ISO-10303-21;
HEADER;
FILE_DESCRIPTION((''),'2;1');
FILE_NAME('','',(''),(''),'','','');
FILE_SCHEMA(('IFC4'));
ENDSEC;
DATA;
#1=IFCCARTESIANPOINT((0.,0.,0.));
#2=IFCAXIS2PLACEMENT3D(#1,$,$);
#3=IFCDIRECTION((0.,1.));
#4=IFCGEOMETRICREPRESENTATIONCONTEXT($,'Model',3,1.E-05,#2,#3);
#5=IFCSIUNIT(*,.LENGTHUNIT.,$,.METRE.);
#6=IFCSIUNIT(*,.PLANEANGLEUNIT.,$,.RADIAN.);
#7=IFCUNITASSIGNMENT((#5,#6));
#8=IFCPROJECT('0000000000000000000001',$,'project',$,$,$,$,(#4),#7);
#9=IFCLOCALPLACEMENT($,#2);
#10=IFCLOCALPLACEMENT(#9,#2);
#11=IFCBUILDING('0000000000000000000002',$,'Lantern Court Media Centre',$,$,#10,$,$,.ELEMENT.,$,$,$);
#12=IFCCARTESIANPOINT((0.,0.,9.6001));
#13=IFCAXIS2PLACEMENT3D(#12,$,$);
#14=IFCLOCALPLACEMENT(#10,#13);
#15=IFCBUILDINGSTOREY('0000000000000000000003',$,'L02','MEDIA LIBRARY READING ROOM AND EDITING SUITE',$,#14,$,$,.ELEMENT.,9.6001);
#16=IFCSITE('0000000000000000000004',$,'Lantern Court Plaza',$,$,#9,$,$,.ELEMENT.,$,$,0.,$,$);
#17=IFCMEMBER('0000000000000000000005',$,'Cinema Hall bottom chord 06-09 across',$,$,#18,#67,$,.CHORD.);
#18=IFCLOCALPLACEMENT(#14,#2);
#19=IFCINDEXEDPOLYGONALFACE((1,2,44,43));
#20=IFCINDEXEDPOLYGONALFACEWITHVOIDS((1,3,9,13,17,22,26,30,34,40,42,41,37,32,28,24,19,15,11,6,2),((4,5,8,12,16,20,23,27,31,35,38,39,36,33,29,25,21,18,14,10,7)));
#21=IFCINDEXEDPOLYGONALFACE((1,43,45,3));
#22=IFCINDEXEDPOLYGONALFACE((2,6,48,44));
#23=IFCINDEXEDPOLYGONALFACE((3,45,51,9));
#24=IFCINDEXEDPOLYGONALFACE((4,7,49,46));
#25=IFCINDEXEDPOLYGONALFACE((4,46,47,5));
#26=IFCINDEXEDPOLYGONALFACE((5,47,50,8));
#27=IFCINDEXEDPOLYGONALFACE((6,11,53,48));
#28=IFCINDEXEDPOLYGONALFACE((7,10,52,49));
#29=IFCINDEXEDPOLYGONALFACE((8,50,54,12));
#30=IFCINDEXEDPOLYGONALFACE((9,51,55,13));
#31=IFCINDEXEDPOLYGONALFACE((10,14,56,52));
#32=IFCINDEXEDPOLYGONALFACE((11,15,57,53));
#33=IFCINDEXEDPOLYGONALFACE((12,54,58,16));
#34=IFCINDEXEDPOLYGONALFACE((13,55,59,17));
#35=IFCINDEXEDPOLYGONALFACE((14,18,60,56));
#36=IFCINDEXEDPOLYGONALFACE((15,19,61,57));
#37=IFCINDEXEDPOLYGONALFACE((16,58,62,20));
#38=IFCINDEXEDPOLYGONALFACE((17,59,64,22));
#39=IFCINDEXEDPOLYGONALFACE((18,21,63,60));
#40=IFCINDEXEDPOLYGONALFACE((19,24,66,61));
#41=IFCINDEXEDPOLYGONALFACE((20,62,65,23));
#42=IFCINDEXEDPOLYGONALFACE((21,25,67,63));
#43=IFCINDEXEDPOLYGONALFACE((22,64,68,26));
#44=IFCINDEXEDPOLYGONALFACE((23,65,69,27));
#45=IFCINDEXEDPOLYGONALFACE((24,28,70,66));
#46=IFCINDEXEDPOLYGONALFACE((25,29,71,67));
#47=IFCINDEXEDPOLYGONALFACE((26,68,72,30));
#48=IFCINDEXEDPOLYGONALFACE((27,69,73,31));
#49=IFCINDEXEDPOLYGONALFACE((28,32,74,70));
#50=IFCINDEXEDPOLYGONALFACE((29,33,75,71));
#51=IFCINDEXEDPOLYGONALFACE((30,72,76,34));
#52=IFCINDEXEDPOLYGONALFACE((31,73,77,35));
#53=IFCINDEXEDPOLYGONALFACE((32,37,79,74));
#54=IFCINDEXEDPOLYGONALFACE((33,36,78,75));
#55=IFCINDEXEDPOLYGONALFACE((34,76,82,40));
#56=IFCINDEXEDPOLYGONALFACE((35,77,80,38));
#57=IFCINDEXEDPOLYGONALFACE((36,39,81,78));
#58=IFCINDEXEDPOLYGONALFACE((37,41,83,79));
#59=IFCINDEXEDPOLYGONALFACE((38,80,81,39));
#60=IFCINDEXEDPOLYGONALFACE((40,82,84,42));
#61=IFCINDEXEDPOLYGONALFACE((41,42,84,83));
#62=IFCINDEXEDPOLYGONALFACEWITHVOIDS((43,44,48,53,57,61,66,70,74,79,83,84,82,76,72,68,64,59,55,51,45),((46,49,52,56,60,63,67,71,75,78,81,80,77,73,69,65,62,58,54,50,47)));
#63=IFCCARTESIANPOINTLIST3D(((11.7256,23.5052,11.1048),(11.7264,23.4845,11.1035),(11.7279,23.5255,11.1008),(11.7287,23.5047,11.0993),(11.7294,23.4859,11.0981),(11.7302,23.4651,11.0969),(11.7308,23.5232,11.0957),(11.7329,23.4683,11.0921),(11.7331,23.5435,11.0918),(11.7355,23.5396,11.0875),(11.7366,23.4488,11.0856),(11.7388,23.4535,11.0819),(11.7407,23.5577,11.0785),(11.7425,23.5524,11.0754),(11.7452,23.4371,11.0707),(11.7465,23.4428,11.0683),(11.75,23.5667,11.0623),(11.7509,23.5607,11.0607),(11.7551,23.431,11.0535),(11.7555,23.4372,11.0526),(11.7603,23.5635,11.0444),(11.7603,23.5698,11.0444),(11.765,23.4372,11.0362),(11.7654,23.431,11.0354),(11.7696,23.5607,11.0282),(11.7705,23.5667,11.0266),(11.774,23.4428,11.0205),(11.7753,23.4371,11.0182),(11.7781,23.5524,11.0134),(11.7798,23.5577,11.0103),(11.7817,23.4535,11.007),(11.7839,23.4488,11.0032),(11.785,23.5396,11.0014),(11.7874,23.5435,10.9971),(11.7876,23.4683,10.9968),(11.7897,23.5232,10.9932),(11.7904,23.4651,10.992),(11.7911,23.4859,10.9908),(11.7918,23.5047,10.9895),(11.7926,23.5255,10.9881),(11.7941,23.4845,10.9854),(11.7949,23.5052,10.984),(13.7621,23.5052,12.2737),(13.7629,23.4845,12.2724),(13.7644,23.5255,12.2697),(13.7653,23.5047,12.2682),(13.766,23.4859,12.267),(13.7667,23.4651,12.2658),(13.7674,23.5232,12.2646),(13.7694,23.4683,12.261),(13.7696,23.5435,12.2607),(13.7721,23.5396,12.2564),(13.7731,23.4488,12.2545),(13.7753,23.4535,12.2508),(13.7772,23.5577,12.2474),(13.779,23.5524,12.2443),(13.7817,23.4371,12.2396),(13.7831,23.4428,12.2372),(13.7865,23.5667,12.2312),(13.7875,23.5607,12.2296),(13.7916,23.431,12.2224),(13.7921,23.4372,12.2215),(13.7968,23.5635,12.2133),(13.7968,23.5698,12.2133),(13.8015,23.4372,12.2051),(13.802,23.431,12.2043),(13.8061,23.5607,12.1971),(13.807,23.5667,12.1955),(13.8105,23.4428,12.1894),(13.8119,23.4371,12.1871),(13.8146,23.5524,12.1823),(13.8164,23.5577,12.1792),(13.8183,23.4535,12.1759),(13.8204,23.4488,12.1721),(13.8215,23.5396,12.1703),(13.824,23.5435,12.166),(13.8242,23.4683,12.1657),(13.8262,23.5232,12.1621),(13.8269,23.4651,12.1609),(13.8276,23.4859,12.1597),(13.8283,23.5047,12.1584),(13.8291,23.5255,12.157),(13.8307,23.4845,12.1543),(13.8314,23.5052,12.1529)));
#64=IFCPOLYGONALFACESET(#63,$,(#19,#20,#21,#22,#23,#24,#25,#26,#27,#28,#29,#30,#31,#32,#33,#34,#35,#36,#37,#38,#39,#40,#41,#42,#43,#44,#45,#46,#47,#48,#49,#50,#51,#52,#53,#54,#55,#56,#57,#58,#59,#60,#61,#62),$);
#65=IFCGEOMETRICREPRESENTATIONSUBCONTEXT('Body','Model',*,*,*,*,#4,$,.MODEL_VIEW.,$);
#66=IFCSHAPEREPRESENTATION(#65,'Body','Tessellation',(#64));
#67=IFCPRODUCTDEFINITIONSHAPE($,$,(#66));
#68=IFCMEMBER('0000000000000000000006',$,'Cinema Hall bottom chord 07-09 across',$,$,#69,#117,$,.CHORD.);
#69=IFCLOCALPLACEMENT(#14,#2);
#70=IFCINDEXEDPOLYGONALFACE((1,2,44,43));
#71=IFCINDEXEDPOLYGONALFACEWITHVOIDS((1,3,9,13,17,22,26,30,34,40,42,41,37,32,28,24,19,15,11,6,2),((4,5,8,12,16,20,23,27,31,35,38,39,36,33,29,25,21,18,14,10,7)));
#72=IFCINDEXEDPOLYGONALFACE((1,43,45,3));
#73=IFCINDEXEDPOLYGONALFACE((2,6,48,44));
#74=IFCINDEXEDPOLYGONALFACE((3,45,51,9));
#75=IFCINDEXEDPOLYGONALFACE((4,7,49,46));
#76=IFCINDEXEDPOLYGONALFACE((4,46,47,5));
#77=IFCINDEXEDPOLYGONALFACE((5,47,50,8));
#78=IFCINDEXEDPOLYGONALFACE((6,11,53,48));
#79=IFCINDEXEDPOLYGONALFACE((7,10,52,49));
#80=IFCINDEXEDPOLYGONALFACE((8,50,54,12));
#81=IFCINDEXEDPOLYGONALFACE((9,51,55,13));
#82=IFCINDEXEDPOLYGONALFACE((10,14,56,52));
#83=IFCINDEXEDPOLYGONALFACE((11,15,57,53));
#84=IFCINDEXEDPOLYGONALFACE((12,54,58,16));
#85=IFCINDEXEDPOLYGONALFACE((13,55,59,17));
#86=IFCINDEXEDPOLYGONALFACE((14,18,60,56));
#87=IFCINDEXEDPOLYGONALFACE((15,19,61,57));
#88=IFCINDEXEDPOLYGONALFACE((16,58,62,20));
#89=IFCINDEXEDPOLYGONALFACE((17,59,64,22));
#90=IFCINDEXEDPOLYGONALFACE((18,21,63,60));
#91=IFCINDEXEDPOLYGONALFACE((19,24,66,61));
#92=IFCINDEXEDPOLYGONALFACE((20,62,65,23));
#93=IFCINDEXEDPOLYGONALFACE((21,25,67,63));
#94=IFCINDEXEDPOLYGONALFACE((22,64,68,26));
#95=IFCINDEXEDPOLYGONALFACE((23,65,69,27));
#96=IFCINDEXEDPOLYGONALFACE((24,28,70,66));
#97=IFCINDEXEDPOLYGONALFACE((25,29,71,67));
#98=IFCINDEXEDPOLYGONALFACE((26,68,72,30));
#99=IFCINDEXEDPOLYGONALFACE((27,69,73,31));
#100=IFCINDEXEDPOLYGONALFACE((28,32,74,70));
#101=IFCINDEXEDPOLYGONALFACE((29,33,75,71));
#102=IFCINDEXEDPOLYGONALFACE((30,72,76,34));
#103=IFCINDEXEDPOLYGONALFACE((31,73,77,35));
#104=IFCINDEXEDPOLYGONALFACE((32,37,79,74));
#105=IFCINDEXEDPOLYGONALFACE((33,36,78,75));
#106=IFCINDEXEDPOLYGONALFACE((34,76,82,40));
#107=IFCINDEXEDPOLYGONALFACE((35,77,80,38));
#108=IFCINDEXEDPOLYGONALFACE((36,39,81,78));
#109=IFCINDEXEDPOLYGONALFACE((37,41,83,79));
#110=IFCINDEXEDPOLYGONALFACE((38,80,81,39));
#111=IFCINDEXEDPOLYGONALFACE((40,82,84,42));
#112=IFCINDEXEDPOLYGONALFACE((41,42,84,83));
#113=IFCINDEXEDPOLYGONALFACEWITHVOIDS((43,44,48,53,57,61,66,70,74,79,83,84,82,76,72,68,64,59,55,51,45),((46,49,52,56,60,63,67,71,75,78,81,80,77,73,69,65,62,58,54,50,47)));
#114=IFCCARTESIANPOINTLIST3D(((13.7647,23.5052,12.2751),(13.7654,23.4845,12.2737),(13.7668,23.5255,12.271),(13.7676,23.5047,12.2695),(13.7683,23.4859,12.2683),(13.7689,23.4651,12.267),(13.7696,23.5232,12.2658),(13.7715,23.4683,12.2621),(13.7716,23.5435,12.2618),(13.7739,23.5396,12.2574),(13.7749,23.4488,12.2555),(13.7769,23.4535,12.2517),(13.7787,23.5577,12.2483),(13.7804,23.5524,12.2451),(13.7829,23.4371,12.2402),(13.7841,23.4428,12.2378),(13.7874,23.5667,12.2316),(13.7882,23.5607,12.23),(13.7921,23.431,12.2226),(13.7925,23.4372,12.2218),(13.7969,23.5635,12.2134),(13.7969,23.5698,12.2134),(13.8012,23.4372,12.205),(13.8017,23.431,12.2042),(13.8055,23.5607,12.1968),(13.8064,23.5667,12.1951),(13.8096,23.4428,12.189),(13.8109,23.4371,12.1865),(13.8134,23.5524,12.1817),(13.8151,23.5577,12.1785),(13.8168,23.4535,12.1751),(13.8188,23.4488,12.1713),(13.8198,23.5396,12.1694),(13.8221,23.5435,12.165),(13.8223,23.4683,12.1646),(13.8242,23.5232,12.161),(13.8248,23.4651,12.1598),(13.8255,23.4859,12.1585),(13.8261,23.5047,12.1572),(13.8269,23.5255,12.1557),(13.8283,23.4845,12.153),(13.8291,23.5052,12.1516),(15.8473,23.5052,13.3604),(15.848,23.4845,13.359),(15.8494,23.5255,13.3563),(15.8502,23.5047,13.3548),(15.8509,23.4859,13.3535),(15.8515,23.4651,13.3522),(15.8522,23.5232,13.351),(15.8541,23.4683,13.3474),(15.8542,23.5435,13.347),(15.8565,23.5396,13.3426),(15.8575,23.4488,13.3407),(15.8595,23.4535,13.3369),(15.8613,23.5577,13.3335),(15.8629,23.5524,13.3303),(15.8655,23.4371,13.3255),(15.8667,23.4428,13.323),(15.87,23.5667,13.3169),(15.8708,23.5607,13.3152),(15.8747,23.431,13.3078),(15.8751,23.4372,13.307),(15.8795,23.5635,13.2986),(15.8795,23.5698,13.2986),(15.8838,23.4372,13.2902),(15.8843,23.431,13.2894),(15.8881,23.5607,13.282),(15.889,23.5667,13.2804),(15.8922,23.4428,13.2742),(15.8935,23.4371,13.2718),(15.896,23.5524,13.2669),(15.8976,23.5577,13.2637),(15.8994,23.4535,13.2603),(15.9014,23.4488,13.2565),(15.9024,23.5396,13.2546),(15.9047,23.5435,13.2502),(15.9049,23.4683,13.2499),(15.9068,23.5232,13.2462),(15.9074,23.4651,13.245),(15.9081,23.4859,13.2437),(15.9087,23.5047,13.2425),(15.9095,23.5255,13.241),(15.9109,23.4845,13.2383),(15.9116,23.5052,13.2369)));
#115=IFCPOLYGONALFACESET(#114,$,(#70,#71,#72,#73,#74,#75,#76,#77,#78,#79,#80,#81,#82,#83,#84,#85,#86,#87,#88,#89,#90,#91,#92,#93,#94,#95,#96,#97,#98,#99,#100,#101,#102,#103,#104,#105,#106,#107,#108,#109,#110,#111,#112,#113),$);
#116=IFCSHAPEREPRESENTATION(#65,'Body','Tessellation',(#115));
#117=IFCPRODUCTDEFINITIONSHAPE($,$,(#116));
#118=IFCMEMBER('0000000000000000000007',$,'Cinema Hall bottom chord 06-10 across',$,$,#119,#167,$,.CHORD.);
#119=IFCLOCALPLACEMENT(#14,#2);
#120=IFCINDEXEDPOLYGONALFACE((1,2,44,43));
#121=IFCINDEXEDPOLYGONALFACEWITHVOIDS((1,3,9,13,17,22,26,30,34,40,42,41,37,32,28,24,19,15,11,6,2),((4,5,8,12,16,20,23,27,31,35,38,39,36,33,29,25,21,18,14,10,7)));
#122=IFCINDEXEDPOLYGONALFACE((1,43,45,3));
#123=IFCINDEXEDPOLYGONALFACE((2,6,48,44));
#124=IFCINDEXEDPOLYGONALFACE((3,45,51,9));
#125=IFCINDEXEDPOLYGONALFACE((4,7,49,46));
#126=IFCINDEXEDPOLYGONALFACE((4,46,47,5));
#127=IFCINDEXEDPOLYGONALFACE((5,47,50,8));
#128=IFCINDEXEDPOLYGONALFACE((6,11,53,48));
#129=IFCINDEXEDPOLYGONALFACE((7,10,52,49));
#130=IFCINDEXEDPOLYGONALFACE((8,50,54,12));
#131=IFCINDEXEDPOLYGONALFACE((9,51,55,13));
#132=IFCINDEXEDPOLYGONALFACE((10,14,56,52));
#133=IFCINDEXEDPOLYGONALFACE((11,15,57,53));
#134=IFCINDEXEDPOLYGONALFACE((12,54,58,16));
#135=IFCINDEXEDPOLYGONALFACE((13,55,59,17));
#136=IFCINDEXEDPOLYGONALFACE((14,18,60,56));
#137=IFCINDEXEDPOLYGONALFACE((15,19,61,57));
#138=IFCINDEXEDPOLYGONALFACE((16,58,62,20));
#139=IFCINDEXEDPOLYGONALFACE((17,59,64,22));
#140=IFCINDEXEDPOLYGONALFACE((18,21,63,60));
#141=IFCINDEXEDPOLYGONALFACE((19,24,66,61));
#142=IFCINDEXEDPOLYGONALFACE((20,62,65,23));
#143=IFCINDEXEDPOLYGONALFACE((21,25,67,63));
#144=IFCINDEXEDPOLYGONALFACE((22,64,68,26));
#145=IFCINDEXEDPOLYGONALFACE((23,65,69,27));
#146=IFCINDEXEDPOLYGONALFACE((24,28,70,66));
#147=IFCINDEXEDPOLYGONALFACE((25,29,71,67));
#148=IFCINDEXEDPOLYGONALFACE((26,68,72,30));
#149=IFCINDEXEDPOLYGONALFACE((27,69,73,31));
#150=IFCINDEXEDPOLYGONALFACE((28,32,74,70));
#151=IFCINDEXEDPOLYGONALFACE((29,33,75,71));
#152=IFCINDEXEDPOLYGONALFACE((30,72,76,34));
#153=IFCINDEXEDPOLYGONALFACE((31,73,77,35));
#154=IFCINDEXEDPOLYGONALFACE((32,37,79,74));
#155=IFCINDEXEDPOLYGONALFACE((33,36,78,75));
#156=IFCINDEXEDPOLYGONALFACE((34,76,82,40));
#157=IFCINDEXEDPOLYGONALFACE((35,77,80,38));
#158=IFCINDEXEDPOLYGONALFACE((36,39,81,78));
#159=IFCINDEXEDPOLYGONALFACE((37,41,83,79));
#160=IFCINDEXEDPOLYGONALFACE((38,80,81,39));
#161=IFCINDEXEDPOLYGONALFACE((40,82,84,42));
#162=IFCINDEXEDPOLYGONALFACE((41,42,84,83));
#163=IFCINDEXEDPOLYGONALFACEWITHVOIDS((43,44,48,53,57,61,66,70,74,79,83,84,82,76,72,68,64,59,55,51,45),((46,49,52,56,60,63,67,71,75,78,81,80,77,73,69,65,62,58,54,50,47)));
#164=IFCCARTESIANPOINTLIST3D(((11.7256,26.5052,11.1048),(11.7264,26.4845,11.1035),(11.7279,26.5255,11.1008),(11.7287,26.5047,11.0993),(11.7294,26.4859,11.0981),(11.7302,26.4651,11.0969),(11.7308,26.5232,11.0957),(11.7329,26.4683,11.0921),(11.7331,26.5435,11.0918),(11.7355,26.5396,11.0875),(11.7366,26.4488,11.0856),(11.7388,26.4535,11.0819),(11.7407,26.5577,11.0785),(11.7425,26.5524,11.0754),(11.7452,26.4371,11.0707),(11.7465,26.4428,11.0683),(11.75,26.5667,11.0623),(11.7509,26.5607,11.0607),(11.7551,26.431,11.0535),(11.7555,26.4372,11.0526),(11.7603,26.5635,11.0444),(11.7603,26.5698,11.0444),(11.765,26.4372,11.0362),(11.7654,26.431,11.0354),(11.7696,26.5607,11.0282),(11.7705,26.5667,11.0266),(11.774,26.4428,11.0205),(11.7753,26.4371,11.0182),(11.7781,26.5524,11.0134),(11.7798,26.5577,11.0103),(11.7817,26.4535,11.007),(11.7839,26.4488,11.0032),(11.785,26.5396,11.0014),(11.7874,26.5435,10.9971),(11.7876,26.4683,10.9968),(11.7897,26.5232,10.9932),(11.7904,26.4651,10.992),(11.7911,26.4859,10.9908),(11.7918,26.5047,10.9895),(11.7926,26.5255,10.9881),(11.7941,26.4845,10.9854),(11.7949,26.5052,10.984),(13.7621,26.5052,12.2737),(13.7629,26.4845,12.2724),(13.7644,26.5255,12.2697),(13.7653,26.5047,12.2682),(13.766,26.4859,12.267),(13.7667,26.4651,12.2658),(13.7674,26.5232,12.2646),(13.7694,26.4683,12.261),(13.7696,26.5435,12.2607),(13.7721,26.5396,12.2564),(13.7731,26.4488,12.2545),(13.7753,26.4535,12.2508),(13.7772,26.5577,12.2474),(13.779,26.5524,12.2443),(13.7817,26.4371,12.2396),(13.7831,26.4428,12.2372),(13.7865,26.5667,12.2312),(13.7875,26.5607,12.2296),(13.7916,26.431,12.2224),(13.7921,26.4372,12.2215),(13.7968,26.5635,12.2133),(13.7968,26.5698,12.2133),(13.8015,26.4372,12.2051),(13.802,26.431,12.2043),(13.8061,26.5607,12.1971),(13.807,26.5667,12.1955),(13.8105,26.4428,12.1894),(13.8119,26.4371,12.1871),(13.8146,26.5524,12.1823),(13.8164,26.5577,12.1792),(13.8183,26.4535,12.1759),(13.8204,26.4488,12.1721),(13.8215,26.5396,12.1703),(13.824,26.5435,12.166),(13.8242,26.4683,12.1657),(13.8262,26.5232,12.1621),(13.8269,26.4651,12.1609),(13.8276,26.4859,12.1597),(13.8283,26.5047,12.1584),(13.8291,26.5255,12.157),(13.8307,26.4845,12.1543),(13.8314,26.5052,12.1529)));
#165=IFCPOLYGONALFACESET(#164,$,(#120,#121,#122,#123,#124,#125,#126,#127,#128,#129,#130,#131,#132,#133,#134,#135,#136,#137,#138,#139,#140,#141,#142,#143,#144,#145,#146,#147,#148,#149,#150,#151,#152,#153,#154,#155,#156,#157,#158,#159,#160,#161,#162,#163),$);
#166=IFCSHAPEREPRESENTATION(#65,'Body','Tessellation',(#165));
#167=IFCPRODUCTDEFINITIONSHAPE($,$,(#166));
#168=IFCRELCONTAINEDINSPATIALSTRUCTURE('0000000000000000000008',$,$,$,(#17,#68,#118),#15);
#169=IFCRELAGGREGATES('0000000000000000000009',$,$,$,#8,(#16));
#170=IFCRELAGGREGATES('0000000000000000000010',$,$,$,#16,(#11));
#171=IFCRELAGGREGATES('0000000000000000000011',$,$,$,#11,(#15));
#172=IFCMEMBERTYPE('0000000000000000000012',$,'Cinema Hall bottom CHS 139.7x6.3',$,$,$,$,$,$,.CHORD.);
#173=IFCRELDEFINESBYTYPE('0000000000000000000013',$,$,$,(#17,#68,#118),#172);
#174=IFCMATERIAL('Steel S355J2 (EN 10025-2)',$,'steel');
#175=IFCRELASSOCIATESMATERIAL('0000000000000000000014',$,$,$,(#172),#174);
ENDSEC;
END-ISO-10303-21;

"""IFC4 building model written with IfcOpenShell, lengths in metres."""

from ifc_helpers import new_model, si_unit, direction, frame, origin, origin_2d, place, context, subcontext, project, spatial, hollow_circle, extrude, material, material_profile, profile_set, type_object, element, save


model = new_model("IFC4")

# Units and contexts
model_context = context("Model", 3, precision=1e-05, world=origin(), true_north=direction((0.0, 1.0)))
body_context = subcontext(model_context, "Body", "Model", "MODEL_VIEW")
ifc_project = project(units=[si_unit("LENGTHUNIT", "METRE"), si_unit("PLANEANGLEUNIT", "RADIAN")], contexts=[model_context])

# Site, building, storey
site_placement = place(None, origin())
site = spatial("IfcSite", under=ifc_project, at=site_placement, Name="Lantern Court Plaza", CompositionType="ELEMENT", RefElevation=0.0)
building_placement = place(site_placement, origin())
building = spatial("IfcBuilding", under=site, at=building_placement, Name="Lantern Court Media Centre", CompositionType="ELEMENT")
storey_placement = place(building_placement, frame((0.0, 0.0, 9.6001)))
storey = spatial("IfcBuildingStorey", under=building, at=storey_placement, Name="L02", Description="MEDIA LIBRARY READING ROOM AND EDITING SUITE", CompositionType="ELEMENT", Elevation=9.6001)

# Members
ifc_material = material(Name="Steel S355J2 (EN 10025-2)", Category="steel")
ifc_material_profile_1 = material_profile(ifc_material, hollow_circle(Radius=0.0698, WallThickness=0.0063, at=origin_2d()), Name="Cinema Hall bottom CHS 139.7x6.3")
ifc_profile_set_1 = profile_set([ifc_material_profile_1], Name="Steel S355J2 (EN 10025-2)")
member_type_1 = type_object("IfcMemberType", Name="Cinema Hall bottom CHS 139.7x6.3", PredefinedType="CHORD", material=ifc_profile_set_1)
member_1_placement = place(storey_placement, frame((11.7603, 23.5, 11.0444), z_axis=(0.867295, 0.0, 0.497795), x_axis=(0.0, 1.0, 0.0)))
element("IfcMember", 1, at=member_1_placement, inside=storey, type_object=member_type_1, Name="Cinema Hall bottom chord 06-09 across", PredefinedType="CHORD", context=body_context, shape_type="SweptSolid", body=[
    extrude(hollow_circle(Radius=0.0698, WallThickness=0.0063, at=origin_2d()), origin(), (0.0, 0.0, 1.0), 2.3481),
])
member_2_placement = place(storey_placement, frame((13.7969, 23.5, 12.2134), z_axis=(0.886816, 0.0, 0.462122), x_axis=(0.0, 1.0, 0.0)))
element("IfcMember", 2, at=member_2_placement, inside=storey, type_object=member_type_1, Name="Cinema Hall bottom chord 07-09 across", PredefinedType="CHORD", context=body_context, shape_type="SweptSolid", body=[
    extrude(hollow_circle(Radius=0.0698, WallThickness=0.0063, at=origin_2d()), origin(), (0.0, 0.0, 1.0), 2.3484),
])
member_3_placement = place(storey_placement, frame((11.7603, 26.5, 11.0444), z_axis=(0.867295, 0.0, 0.497795), x_axis=(0.0, 1.0, 0.0)))
element("IfcMember", 3, at=member_3_placement, inside=storey, type_object=member_type_1, Name="Cinema Hall bottom chord 06-10 across", PredefinedType="CHORD", context=body_context, shape_type="SweptSolid", body=[
    extrude(hollow_circle(Radius=0.0698, WallThickness=0.0063, at=origin_2d()), origin(), (0.0, 0.0, 1.0), 2.3481),
])

save(model, "model.ifc")
